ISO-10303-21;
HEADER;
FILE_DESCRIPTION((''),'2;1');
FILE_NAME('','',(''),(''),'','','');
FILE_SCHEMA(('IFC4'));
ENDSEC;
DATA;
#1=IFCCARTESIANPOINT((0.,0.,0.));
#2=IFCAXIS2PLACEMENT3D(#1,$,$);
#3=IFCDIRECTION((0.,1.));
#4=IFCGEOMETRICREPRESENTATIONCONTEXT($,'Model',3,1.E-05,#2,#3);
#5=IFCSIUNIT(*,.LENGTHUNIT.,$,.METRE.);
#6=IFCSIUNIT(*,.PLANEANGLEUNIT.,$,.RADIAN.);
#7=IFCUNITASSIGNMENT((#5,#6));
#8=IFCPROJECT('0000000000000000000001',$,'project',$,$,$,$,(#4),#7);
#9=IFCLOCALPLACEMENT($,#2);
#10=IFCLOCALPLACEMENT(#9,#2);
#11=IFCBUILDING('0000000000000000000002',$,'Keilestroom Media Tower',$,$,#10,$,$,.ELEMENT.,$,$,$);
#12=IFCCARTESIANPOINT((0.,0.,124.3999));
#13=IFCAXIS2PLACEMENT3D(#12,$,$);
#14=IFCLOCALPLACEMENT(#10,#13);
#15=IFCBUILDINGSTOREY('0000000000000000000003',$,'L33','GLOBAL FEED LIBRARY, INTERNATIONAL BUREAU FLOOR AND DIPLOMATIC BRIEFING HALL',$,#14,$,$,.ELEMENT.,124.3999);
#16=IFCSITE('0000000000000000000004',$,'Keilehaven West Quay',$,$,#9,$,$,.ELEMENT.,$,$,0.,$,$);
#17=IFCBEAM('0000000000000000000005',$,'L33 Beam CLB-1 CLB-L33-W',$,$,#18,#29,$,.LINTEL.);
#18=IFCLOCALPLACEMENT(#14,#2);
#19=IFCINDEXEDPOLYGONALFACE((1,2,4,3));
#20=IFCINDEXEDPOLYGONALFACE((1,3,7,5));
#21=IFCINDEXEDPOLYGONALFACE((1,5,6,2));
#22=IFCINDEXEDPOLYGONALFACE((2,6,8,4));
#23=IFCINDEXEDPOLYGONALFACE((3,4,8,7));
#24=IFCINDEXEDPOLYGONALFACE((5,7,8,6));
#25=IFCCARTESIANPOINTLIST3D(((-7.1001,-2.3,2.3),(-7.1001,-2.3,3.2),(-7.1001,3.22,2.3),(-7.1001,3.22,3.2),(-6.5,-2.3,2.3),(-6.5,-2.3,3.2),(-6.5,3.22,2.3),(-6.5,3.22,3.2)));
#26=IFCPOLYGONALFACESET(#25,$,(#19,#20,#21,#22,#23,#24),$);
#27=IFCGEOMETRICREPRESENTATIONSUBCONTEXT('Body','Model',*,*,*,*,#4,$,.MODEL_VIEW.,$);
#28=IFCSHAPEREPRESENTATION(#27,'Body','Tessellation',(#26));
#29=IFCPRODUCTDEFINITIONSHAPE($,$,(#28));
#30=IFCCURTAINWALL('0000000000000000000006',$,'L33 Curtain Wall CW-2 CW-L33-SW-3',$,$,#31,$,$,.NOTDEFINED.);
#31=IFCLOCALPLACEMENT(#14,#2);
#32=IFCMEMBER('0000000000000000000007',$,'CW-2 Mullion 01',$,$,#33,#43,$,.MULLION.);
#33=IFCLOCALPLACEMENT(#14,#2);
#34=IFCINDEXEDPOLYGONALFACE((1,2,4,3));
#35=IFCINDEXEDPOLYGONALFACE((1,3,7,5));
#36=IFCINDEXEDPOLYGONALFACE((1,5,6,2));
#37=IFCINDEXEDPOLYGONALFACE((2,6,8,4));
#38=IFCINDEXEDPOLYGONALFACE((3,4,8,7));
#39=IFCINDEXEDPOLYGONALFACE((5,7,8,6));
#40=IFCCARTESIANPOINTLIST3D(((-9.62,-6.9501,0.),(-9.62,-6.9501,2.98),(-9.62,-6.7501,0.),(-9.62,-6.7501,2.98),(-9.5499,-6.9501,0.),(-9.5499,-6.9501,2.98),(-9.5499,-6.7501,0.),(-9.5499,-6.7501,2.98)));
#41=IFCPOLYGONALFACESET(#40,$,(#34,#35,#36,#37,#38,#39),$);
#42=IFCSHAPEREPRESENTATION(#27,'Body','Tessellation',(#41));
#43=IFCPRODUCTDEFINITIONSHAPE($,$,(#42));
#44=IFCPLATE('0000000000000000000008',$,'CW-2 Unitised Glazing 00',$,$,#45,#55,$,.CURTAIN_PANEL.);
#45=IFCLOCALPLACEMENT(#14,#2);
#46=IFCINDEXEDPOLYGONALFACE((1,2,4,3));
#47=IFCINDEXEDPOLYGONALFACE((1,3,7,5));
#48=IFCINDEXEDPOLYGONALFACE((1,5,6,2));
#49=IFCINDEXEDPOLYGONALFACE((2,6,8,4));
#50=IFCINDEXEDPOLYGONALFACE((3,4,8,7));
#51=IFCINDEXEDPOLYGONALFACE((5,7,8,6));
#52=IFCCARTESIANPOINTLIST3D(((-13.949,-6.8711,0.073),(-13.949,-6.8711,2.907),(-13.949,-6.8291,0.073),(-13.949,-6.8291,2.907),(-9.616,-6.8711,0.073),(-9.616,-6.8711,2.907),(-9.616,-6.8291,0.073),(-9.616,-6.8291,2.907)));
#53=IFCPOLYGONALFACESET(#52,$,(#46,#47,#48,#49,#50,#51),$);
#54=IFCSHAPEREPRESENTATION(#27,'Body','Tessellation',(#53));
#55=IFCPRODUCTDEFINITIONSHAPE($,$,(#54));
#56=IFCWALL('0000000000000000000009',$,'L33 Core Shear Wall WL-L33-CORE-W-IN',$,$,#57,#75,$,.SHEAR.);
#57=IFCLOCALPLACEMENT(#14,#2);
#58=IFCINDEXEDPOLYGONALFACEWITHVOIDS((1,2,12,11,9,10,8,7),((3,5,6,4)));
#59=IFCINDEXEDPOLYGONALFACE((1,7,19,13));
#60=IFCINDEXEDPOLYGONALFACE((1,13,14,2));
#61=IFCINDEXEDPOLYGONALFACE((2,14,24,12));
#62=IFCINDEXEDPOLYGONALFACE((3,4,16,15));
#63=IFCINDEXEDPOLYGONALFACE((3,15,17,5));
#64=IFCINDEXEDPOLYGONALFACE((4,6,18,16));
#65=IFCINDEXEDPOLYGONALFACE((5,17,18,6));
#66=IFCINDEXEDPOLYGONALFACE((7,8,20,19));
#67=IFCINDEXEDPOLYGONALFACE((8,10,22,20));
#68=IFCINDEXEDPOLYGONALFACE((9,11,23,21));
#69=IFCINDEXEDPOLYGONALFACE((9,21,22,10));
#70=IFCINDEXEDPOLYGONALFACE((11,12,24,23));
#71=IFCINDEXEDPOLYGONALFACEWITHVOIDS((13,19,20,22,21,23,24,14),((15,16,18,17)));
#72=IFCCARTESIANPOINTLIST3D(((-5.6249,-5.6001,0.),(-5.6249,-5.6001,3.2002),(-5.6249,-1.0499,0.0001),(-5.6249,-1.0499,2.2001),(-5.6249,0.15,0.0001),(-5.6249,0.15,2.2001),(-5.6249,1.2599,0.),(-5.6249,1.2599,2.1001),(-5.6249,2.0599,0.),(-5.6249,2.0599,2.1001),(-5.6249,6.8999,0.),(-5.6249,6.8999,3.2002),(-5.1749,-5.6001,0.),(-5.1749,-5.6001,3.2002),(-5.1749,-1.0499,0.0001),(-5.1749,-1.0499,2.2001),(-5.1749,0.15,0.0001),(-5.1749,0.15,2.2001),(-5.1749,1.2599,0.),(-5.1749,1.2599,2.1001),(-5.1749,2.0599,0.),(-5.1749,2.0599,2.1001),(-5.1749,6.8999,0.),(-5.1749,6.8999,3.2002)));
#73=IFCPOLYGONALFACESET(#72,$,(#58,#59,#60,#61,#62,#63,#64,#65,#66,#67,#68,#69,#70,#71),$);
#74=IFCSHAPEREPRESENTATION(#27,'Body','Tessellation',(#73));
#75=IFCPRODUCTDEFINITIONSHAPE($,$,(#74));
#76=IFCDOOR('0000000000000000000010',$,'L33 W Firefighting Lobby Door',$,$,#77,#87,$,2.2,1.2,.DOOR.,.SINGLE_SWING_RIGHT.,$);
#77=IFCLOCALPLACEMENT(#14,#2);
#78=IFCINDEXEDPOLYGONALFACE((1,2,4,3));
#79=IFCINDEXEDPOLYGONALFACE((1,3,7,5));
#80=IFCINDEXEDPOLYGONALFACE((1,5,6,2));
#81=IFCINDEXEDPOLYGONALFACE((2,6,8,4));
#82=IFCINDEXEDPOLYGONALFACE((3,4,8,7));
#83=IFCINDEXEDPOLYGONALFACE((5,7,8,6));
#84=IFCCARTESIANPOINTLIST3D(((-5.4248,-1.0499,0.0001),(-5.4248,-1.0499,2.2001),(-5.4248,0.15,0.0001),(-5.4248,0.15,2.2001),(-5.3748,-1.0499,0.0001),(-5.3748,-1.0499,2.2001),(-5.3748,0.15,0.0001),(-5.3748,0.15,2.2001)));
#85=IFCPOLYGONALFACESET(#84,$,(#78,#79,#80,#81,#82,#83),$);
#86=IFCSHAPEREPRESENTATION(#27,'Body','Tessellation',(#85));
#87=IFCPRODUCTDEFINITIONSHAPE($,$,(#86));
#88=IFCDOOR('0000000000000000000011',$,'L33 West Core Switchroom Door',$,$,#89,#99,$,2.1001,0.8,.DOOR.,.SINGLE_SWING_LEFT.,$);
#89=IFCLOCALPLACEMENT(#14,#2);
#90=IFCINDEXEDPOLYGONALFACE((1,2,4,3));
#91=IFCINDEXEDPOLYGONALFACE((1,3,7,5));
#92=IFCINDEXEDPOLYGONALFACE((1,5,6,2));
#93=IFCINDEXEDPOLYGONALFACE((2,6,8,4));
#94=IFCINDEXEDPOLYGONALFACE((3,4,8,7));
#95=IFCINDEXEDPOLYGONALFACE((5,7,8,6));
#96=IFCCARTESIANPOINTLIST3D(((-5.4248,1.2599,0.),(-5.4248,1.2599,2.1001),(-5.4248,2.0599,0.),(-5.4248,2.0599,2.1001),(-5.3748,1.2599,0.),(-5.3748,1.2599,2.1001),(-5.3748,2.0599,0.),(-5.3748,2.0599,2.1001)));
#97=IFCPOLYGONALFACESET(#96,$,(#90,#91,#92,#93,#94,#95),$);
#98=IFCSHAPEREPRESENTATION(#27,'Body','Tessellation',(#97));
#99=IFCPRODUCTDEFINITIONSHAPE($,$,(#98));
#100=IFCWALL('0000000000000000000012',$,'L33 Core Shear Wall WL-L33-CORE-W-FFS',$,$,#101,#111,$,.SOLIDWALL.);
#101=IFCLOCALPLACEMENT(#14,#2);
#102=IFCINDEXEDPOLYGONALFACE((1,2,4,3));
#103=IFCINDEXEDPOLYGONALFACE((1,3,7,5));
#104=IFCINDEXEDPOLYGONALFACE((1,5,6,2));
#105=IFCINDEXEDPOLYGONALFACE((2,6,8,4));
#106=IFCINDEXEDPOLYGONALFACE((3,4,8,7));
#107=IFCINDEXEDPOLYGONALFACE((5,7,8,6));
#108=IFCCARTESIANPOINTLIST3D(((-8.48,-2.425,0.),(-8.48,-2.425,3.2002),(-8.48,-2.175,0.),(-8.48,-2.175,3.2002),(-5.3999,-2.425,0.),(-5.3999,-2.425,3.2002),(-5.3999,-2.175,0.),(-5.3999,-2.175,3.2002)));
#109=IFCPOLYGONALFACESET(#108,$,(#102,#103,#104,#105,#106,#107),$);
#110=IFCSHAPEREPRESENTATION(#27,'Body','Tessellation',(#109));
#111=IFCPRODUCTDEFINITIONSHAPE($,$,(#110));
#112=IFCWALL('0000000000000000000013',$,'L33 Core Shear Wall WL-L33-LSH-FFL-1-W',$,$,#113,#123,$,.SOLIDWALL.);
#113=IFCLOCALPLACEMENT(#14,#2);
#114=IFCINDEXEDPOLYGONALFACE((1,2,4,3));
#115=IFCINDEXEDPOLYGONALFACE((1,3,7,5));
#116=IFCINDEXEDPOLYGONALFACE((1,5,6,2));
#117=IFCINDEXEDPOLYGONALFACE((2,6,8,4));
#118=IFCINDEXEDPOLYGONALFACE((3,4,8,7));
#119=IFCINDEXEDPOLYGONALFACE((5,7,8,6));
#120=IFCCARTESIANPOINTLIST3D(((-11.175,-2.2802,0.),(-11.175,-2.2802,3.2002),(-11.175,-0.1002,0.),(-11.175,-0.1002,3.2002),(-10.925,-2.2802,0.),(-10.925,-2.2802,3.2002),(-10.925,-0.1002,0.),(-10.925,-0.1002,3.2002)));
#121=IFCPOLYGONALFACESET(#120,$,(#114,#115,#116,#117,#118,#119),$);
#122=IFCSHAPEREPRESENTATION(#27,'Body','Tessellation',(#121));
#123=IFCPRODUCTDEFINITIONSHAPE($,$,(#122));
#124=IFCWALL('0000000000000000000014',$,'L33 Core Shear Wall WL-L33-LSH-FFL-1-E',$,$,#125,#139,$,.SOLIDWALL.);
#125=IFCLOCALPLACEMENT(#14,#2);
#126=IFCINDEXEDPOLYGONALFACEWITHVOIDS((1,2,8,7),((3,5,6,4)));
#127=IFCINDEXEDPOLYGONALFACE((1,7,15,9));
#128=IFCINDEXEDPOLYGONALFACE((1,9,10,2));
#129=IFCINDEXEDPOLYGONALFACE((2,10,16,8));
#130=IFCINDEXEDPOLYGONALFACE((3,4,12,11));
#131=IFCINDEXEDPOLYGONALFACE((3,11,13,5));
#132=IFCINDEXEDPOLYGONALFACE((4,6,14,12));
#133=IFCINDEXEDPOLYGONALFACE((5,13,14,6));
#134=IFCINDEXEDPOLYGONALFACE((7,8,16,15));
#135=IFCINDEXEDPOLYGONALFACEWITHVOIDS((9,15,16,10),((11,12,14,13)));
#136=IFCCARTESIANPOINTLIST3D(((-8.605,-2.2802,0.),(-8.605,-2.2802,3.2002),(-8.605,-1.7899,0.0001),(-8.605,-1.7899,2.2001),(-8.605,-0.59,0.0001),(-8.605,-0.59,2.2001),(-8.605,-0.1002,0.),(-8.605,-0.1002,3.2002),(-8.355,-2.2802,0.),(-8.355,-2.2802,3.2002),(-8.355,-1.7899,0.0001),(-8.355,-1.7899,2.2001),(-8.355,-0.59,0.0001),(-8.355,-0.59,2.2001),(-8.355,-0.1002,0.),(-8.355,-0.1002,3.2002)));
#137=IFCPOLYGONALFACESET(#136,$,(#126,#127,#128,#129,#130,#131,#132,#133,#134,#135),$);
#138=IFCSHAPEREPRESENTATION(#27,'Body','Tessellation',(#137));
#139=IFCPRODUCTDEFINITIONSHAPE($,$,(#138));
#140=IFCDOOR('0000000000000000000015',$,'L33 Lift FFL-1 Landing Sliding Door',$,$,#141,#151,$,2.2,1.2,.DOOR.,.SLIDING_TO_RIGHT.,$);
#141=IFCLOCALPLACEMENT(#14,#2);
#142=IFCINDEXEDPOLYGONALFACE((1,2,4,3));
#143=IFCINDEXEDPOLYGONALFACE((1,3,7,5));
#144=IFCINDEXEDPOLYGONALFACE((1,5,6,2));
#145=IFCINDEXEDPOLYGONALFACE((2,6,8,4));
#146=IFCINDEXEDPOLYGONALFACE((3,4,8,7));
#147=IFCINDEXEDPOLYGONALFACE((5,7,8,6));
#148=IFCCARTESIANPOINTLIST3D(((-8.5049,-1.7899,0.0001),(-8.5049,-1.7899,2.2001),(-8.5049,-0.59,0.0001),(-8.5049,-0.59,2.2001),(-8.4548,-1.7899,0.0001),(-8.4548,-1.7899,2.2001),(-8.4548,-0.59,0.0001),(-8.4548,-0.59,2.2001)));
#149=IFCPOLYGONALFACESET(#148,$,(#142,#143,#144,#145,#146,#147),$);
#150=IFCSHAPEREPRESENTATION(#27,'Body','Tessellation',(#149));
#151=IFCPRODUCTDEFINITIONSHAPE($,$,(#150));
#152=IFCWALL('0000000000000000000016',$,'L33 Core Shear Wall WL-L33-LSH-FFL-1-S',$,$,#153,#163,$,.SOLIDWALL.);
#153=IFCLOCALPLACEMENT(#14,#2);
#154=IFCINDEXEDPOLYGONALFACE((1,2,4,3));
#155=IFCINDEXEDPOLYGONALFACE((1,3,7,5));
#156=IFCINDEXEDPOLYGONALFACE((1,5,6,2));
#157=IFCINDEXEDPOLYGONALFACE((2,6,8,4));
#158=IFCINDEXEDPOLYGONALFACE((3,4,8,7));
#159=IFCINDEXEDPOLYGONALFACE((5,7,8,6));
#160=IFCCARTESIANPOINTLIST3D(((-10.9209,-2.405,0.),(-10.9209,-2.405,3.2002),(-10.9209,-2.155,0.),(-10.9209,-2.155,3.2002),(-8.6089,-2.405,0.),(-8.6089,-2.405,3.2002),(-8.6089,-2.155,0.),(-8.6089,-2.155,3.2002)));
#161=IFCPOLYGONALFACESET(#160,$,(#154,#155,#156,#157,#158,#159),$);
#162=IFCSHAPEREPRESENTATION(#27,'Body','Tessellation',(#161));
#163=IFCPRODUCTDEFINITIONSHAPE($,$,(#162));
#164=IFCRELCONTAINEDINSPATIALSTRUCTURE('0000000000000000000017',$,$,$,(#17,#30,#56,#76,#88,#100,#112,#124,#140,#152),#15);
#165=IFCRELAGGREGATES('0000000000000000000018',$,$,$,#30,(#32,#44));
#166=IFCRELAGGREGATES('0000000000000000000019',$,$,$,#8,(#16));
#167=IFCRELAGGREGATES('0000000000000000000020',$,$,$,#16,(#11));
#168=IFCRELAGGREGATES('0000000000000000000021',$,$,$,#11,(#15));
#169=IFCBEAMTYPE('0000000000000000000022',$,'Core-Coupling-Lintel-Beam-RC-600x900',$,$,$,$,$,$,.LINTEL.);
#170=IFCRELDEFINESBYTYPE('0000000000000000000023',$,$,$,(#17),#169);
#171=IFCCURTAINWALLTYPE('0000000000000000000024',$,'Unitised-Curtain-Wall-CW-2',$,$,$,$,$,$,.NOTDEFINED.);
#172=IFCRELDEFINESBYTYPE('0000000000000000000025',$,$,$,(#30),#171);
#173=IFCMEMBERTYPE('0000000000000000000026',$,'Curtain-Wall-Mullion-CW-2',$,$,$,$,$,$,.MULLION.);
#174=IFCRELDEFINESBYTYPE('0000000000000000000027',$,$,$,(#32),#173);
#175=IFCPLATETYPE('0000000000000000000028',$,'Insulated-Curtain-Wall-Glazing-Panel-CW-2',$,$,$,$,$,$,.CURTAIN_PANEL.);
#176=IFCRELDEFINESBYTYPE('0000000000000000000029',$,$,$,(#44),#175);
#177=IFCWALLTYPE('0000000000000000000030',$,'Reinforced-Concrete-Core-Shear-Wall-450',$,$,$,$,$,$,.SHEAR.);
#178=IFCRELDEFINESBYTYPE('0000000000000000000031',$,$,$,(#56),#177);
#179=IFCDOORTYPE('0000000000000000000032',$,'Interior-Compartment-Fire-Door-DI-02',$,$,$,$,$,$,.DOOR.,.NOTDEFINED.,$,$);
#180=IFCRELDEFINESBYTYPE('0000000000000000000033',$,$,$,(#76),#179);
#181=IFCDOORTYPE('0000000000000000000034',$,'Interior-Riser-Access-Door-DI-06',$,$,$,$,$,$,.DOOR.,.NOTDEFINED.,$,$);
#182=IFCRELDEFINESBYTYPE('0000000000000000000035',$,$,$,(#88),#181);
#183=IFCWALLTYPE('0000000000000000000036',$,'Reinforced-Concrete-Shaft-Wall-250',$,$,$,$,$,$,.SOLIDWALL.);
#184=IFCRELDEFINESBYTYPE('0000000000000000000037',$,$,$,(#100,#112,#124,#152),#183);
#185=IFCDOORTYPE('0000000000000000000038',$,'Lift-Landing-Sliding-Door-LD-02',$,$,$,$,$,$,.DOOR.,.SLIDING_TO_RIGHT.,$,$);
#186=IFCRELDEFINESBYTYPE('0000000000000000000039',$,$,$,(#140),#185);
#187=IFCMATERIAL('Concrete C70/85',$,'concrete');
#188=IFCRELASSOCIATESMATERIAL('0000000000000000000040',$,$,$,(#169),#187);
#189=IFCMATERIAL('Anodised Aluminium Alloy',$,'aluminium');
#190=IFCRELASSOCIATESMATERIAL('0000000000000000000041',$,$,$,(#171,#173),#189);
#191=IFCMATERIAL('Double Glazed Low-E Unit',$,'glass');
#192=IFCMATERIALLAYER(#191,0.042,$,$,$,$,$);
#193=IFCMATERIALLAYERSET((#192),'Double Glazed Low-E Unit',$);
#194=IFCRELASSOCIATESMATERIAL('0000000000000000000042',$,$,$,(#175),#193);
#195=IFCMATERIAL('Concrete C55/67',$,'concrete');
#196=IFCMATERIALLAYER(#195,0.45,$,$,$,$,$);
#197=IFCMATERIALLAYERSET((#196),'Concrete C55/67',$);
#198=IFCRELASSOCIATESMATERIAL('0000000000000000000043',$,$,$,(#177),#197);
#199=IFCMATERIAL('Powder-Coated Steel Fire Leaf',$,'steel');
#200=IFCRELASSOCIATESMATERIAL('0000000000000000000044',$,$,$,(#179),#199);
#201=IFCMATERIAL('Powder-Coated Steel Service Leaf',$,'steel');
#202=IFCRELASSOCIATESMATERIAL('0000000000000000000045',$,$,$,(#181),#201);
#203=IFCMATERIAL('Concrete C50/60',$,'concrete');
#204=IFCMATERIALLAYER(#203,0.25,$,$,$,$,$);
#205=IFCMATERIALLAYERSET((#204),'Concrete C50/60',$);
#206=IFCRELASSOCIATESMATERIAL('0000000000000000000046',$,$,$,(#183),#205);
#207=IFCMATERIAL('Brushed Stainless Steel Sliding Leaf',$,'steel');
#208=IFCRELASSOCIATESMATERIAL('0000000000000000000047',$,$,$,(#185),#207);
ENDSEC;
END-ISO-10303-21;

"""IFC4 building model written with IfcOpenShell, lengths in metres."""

from ifc_helpers import new_model, si_unit, direction, frame, frame_2d, origin, origin_2d, place, context, subcontext, project, spatial, rectangle, extrude, source, transform, mapped, material, layer, layer_set, material_profile, profile_set, type_object, element, fill, aggregate, save


model = new_model("IFC4")

# Units and contexts
model_context = context("Model", 3, precision=1e-05, world=origin(), true_north=direction((0.0, 1.0)))
body_context = subcontext(model_context, "Body", "Model", "MODEL_VIEW")
ifc_project = project(units=[si_unit("LENGTHUNIT", "METRE"), si_unit("PLANEANGLEUNIT", "RADIAN")], contexts=[model_context])

# Site, building, storey
site_placement = place(None, origin())
site = spatial("IfcSite", under=ifc_project, at=site_placement, Name="Keilehaven West Quay", CompositionType="ELEMENT", RefElevation=0.0)
building_placement = place(site_placement, origin())
building = spatial("IfcBuilding", under=site, at=building_placement, Name="Keilestroom Media Tower", CompositionType="ELEMENT")
storey_placement = place(building_placement, frame((0.0, 0.0, 124.3999)))
storey = spatial("IfcBuildingStorey", under=building, at=storey_placement, Name="L33", Description="GLOBAL FEED LIBRARY, INTERNATIONAL BUREAU FLOOR AND DIPLOMATIC BRIEFING HALL", CompositionType="ELEMENT", Elevation=124.3999)

# Beam
ifc_material_1 = material(Name="Concrete C70/85", Category="concrete")
ifc_material_profile_1 = material_profile(ifc_material_1, rectangle(XDim=0.6001, YDim=0.8999, at=origin_2d()), Name="RC 600x900")
ifc_profile_set_1 = profile_set([ifc_material_profile_1], Name="Concrete C70/85")
beam_type = type_object("IfcBeamType", Name="Core-Coupling-Lintel-Beam-RC-600x900", PredefinedType="LINTEL", material=ifc_profile_set_1)
shared_shape_1 = source(origin(), body_context, "Body", "SweptSolid", [
    extrude(rectangle(XDim=0.6001, YDim=0.8999, at=origin_2d()), origin(), (0.0, 0.0, 1.0), 5.52),
])
beam_placement = place(storey_placement, frame((-6.8, -2.3, 2.75), z_axis=(0.0, 1.0, 0.0), x_axis=(-1.0, 0.0, 0.0)))
element("IfcBeam", 1, at=beam_placement, inside=storey, type_object=beam_type, Name="L33 Beam CLB-1 CLB-L33-W", PredefinedType="LINTEL", context=body_context, shape_type="MappedRepresentation", body=[
    mapped(shared_shape_1, transform((0.0, 0.0, 0.0), x_axis=(1.0, 0.0, 0.0), y_axis=(0.0, 1.0, 0.0), z_axis=(0.0, 0.0, 1.0), scale=1.0)),
])

# Curtain wall, member, plate
ifc_material_2 = material(Name="Anodised Aluminium Alloy", Category="aluminium")
curtain_wall_type = type_object("IfcCurtainWallType", Name="Unitised-Curtain-Wall-CW-2", PredefinedType="NOTDEFINED", material=ifc_material_2)
curtain_wall_placement = place(storey_placement, origin())
curtain_wall = element("IfcCurtainWall", 2, at=curtain_wall_placement, inside=storey, type_object=curtain_wall_type, Name="L33 Curtain Wall CW-2 CW-L33-SW-3", PredefinedType="NOTDEFINED")
ifc_material_profile_2 = material_profile(ifc_material_2, rectangle(XDim=0.0701, YDim=0.2, at=origin_2d()), Name="ALU MULLION 70x200")
ifc_profile_set_2 = profile_set([ifc_material_profile_2], Name="Anodised Aluminium Alloy")
member_type = type_object("IfcMemberType", Name="Curtain-Wall-Mullion-CW-2", PredefinedType="MULLION", material=ifc_profile_set_2)
shared_shape_2 = source(origin(), body_context, "Body", "SweptSolid", [
    extrude(rectangle(XDim=0.0701, YDim=0.2, at=origin_2d()), origin(), (0.0, 0.0, 1.0), 2.98),
])
member_placement = place(storey_placement, frame((-9.585, -6.8501, 0.0), z_axis=(0.0, 0.0, 1.0), x_axis=(1.0, 0.0, 0.0)))
member = element("IfcMember", 3, at=member_placement, type_object=member_type, Name="CW-2 Mullion 01", PredefinedType="MULLION", context=body_context, shape_type="MappedRepresentation", body=[
    mapped(shared_shape_2, transform((0.0, 0.0, 0.0), x_axis=(1.0, 0.0, 0.0), y_axis=(0.0, 1.0, 0.0), z_axis=(0.0, 0.0, 1.0), scale=1.0)),
])
ifc_material_3 = material(Name="Double Glazed Low-E Unit", Category="glass")
ifc_layer_1 = layer(ifc_material_3, 0.042)
ifc_layer_set_1 = layer_set([ifc_layer_1], Name="Double Glazed Low-E Unit")
plate_type = type_object("IfcPlateType", Name="Insulated-Curtain-Wall-Glazing-Panel-CW-2", PredefinedType="CURTAIN_PANEL", material=ifc_layer_set_1)
shared_shape_3 = source(origin(), body_context, "Body", "SweptSolid", [
    extrude(rectangle(XDim=4.333, YDim=0.042, at=origin_2d()), origin(), (0.0, 0.0, 1.0), 2.834),
])
plate_placement = place(storey_placement, frame((-11.7825, -6.8501, 0.073), z_axis=(0.0, 0.0, 1.0), x_axis=(1.0, 0.0, 0.0)))
plate = element("IfcPlate", 4, at=plate_placement, type_object=plate_type, Name="CW-2 Unitised Glazing 00", PredefinedType="CURTAIN_PANEL", context=body_context, shape_type="MappedRepresentation", body=[
    mapped(shared_shape_3, transform((0.0, 0.0, 0.0), x_axis=(1.0, 0.0, 0.0), y_axis=(0.0, 1.0, 0.0), z_axis=(0.0, 0.0, 1.0), scale=1.0)),
])
aggregate(curtain_wall, [member, plate])

# Wall, openings, doors
ifc_material_4 = material(Name="Concrete C55/67", Category="concrete")
ifc_layer_2 = layer(ifc_material_4, 0.45)
ifc_layer_set_2 = layer_set([ifc_layer_2], Name="Concrete C55/67")
wall_type_1 = type_object("IfcWallType", Name="Reinforced-Concrete-Core-Shear-Wall-450", PredefinedType="SHEAR", material=ifc_layer_set_2)
wall_1_placement = place(storey_placement, frame((-5.3999, -5.6001, 0.0), z_axis=(0.0, 0.0, 1.0), x_axis=(0.0, 1.0, 0.0)))
wall_1 = element("IfcWall", 5, at=wall_1_placement, inside=storey, type_object=wall_type_1, Name="L33 Core Shear Wall WL-L33-CORE-W-IN", PredefinedType="SHEAR", context=body_context, shape_type="SweptSolid", body=[
    extrude(rectangle(XDim=12.5, YDim=0.45, at=frame_2d((6.25, 0.0))), origin(), (0.0, 0.0, 1.0), 3.2002),
])
opening_1_placement = place(wall_1_placement, frame((4.55, 0.0, 0.0)))
opening_1 = element("IfcOpeningElement", 6, at=opening_1_placement, cuts=wall_1, PredefinedType="OPENING", context=body_context, shape_type="SweptSolid", body=[
    extrude(rectangle(XDim=1.2, YDim=2.2, at=frame_2d((0.6001, 1.1001))), frame((0.0, 0.2349, 0.0), z_axis=(0.0, -1.0, 0.0), x_axis=(1.0, 0.0, 0.0)), (0.0, 0.0, 1.0), 0.47),
])
opening_2_placement = place(wall_1_placement, frame((6.8601, 0.0, 0.0)))
opening_2 = element("IfcOpeningElement", 7, at=opening_2_placement, cuts=wall_1, PredefinedType="OPENING", context=body_context, shape_type="SweptSolid", body=[
    extrude(rectangle(XDim=0.8, YDim=2.1001, at=frame_2d((0.3999, 1.05))), frame((0.0, 0.2349, 0.0), z_axis=(0.0, -1.0, 0.0), x_axis=(1.0, 0.0, 0.0)), (0.0, 0.0, 1.0), 0.47),
])
ifc_material_5 = material(Name="Powder-Coated Steel Fire Leaf", Category="steel")
door_type_1 = type_object("IfcDoorType", Name="Interior-Compartment-Fire-Door-DI-02", OperationType="NOTDEFINED", PredefinedType="DOOR", material=ifc_material_5)
shared_shape_4 = source(origin(), body_context, "Body", "SweptSolid", [
    extrude(rectangle(XDim=1.2, YDim=2.2, at=frame_2d((0.6001, 1.1001))), frame((0.0, 0.0249, 0.0), z_axis=(0.0, -1.0, 0.0), x_axis=(1.0, 0.0, 0.0)), (0.0, 0.0, 1.0), 0.05),
])
door_1_placement = place(opening_1_placement, origin())
door_1 = element("IfcDoor", 8, at=door_1_placement, inside=storey, type_object=door_type_1, Name="L33 W Firefighting Lobby Door", OperationType="SINGLE_SWING_RIGHT", OverallHeight=2.2, OverallWidth=1.2, PredefinedType="DOOR", context=body_context, shape_type="MappedRepresentation", body=[
    mapped(shared_shape_4, transform((0.0, 0.0, 0.0), x_axis=(1.0, 0.0, 0.0), y_axis=(0.0, 1.0, 0.0), z_axis=(0.0, 0.0, 1.0), scale=1.0)),
])
fill(opening_1, door_1)
ifc_material_6 = material(Name="Powder-Coated Steel Service Leaf", Category="steel")
door_type_2 = type_object("IfcDoorType", Name="Interior-Riser-Access-Door-DI-06", OperationType="NOTDEFINED", PredefinedType="DOOR", material=ifc_material_6)
shared_shape_5 = source(origin(), body_context, "Body", "SweptSolid", [
    extrude(rectangle(XDim=0.8, YDim=2.1001, at=frame_2d((0.3999, 1.05))), frame((0.0, 0.0249, 0.0), z_axis=(0.0, -1.0, 0.0), x_axis=(1.0, 0.0, 0.0)), (0.0, 0.0, 1.0), 0.05),
])
door_2_placement = place(opening_2_placement, origin())
door_2 = element("IfcDoor", 9, at=door_2_placement, inside=storey, type_object=door_type_2, Name="L33 West Core Switchroom Door", OperationType="SINGLE_SWING_LEFT", OverallHeight=2.1001, OverallWidth=0.8, PredefinedType="DOOR", context=body_context, shape_type="MappedRepresentation", body=[
    mapped(shared_shape_5, transform((0.0, 0.0, 0.0), x_axis=(1.0, 0.0, 0.0), y_axis=(0.0, 1.0, 0.0), z_axis=(0.0, 0.0, 1.0), scale=1.0)),
])
fill(opening_2, door_2)

# Walls
ifc_material_7 = material(Name="Concrete C50/60", Category="concrete")
ifc_layer_3 = layer(ifc_material_7, 0.25)
ifc_layer_set_3 = layer_set([ifc_layer_3], Name="Concrete C50/60")
wall_type_2 = type_object("IfcWallType", Name="Reinforced-Concrete-Shaft-Wall-250", PredefinedType="SOLIDWALL", material=ifc_layer_set_3)
wall_2_placement = place(storey_placement, frame((-8.48, -2.3, 0.0), z_axis=(0.0, 0.0, 1.0), x_axis=(1.0, 0.0, 0.0)))
element("IfcWall", 10, at=wall_2_placement, inside=storey, type_object=wall_type_2, Name="L33 Core Shear Wall WL-L33-CORE-W-FFS", PredefinedType="SOLIDWALL", context=body_context, shape_type="SweptSolid", body=[
    extrude(rectangle(XDim=3.0801, YDim=0.25, at=frame_2d((1.54, 0.0))), origin(), (0.0, 0.0, 1.0), 3.2002),
])
wall_3_placement = place(storey_placement, frame((-11.05, -2.28, 0.0), z_axis=(0.0, 0.0, 1.0), x_axis=(0.0, 1.0, 0.0)))
element("IfcWall", 11, at=wall_3_placement, inside=storey, type_object=wall_type_2, Name="L33 Core Shear Wall WL-L33-LSH-FFL-1-W", PredefinedType="SOLIDWALL", context=body_context, shape_type="SweptSolid", body=[
    extrude(rectangle(XDim=2.1799, YDim=0.25, at=frame_2d((1.0898, 0.0))), origin(), (0.0, 0.0, 1.0), 3.2002),
])

# Wall, opening, door
wall_4_placement = place(storey_placement, frame((-8.48, -2.28, 0.0), z_axis=(0.0, 0.0, 1.0), x_axis=(0.0, 1.0, 0.0)))
wall_4 = element("IfcWall", 12, at=wall_4_placement, inside=storey, type_object=wall_type_2, Name="L33 Core Shear Wall WL-L33-LSH-FFL-1-E", PredefinedType="SOLIDWALL", context=body_context, shape_type="SweptSolid", body=[
    extrude(rectangle(XDim=2.1799, YDim=0.25, at=frame_2d((1.0898, 0.0))), origin(), (0.0, 0.0, 1.0), 3.2002),
])
opening_3_placement = place(wall_4_placement, frame((0.49, 0.0, 0.0)))
opening_3 = element("IfcOpeningElement", 13, at=opening_3_placement, cuts=wall_4, PredefinedType="OPENING", context=body_context, shape_type="SweptSolid", body=[
    extrude(rectangle(XDim=1.2, YDim=2.2, at=frame_2d((0.6001, 1.1001))), frame((0.0, 0.135, 0.0), z_axis=(0.0, -1.0, 0.0), x_axis=(1.0, 0.0, 0.0)), (0.0, 0.0, 1.0), 0.27),
])
ifc_material_8 = material(Name="Brushed Stainless Steel Sliding Leaf", Category="steel")
door_type_3 = type_object("IfcDoorType", Name="Lift-Landing-Sliding-Door-LD-02", OperationType="SLIDING_TO_RIGHT", PredefinedType="DOOR", material=ifc_material_8)
door_3_placement = place(opening_3_placement, origin())
door_3 = element("IfcDoor", 14, at=door_3_placement, inside=storey, type_object=door_type_3, Name="L33 Lift FFL-1 Landing Sliding Door", OperationType="SLIDING_TO_RIGHT", OverallHeight=2.2, OverallWidth=1.2, PredefinedType="DOOR", context=body_context, shape_type="MappedRepresentation", body=[
    mapped(shared_shape_4, transform((0.0, 0.0, 0.0), x_axis=(1.0, 0.0, 0.0), y_axis=(0.0, 1.0, 0.0), z_axis=(0.0, 0.0, 1.0), scale=1.0)),
])
fill(opening_3, door_3)

# Wall
wall_5_placement = place(storey_placement, frame((-10.9209, -2.28, 0.0), z_axis=(0.0, 0.0, 1.0), x_axis=(1.0, 0.0, 0.0)))
element("IfcWall", 15, at=wall_5_placement, inside=storey, type_object=wall_type_2, Name="L33 Core Shear Wall WL-L33-LSH-FFL-1-S", PredefinedType="SOLIDWALL", context=body_context, shape_type="SweptSolid", body=[
    extrude(rectangle(XDim=2.312, YDim=0.25, at=frame_2d((1.156, 0.0))), origin(), (0.0, 0.0, 1.0), 3.2002),
])

save(model, "model.ifc")
